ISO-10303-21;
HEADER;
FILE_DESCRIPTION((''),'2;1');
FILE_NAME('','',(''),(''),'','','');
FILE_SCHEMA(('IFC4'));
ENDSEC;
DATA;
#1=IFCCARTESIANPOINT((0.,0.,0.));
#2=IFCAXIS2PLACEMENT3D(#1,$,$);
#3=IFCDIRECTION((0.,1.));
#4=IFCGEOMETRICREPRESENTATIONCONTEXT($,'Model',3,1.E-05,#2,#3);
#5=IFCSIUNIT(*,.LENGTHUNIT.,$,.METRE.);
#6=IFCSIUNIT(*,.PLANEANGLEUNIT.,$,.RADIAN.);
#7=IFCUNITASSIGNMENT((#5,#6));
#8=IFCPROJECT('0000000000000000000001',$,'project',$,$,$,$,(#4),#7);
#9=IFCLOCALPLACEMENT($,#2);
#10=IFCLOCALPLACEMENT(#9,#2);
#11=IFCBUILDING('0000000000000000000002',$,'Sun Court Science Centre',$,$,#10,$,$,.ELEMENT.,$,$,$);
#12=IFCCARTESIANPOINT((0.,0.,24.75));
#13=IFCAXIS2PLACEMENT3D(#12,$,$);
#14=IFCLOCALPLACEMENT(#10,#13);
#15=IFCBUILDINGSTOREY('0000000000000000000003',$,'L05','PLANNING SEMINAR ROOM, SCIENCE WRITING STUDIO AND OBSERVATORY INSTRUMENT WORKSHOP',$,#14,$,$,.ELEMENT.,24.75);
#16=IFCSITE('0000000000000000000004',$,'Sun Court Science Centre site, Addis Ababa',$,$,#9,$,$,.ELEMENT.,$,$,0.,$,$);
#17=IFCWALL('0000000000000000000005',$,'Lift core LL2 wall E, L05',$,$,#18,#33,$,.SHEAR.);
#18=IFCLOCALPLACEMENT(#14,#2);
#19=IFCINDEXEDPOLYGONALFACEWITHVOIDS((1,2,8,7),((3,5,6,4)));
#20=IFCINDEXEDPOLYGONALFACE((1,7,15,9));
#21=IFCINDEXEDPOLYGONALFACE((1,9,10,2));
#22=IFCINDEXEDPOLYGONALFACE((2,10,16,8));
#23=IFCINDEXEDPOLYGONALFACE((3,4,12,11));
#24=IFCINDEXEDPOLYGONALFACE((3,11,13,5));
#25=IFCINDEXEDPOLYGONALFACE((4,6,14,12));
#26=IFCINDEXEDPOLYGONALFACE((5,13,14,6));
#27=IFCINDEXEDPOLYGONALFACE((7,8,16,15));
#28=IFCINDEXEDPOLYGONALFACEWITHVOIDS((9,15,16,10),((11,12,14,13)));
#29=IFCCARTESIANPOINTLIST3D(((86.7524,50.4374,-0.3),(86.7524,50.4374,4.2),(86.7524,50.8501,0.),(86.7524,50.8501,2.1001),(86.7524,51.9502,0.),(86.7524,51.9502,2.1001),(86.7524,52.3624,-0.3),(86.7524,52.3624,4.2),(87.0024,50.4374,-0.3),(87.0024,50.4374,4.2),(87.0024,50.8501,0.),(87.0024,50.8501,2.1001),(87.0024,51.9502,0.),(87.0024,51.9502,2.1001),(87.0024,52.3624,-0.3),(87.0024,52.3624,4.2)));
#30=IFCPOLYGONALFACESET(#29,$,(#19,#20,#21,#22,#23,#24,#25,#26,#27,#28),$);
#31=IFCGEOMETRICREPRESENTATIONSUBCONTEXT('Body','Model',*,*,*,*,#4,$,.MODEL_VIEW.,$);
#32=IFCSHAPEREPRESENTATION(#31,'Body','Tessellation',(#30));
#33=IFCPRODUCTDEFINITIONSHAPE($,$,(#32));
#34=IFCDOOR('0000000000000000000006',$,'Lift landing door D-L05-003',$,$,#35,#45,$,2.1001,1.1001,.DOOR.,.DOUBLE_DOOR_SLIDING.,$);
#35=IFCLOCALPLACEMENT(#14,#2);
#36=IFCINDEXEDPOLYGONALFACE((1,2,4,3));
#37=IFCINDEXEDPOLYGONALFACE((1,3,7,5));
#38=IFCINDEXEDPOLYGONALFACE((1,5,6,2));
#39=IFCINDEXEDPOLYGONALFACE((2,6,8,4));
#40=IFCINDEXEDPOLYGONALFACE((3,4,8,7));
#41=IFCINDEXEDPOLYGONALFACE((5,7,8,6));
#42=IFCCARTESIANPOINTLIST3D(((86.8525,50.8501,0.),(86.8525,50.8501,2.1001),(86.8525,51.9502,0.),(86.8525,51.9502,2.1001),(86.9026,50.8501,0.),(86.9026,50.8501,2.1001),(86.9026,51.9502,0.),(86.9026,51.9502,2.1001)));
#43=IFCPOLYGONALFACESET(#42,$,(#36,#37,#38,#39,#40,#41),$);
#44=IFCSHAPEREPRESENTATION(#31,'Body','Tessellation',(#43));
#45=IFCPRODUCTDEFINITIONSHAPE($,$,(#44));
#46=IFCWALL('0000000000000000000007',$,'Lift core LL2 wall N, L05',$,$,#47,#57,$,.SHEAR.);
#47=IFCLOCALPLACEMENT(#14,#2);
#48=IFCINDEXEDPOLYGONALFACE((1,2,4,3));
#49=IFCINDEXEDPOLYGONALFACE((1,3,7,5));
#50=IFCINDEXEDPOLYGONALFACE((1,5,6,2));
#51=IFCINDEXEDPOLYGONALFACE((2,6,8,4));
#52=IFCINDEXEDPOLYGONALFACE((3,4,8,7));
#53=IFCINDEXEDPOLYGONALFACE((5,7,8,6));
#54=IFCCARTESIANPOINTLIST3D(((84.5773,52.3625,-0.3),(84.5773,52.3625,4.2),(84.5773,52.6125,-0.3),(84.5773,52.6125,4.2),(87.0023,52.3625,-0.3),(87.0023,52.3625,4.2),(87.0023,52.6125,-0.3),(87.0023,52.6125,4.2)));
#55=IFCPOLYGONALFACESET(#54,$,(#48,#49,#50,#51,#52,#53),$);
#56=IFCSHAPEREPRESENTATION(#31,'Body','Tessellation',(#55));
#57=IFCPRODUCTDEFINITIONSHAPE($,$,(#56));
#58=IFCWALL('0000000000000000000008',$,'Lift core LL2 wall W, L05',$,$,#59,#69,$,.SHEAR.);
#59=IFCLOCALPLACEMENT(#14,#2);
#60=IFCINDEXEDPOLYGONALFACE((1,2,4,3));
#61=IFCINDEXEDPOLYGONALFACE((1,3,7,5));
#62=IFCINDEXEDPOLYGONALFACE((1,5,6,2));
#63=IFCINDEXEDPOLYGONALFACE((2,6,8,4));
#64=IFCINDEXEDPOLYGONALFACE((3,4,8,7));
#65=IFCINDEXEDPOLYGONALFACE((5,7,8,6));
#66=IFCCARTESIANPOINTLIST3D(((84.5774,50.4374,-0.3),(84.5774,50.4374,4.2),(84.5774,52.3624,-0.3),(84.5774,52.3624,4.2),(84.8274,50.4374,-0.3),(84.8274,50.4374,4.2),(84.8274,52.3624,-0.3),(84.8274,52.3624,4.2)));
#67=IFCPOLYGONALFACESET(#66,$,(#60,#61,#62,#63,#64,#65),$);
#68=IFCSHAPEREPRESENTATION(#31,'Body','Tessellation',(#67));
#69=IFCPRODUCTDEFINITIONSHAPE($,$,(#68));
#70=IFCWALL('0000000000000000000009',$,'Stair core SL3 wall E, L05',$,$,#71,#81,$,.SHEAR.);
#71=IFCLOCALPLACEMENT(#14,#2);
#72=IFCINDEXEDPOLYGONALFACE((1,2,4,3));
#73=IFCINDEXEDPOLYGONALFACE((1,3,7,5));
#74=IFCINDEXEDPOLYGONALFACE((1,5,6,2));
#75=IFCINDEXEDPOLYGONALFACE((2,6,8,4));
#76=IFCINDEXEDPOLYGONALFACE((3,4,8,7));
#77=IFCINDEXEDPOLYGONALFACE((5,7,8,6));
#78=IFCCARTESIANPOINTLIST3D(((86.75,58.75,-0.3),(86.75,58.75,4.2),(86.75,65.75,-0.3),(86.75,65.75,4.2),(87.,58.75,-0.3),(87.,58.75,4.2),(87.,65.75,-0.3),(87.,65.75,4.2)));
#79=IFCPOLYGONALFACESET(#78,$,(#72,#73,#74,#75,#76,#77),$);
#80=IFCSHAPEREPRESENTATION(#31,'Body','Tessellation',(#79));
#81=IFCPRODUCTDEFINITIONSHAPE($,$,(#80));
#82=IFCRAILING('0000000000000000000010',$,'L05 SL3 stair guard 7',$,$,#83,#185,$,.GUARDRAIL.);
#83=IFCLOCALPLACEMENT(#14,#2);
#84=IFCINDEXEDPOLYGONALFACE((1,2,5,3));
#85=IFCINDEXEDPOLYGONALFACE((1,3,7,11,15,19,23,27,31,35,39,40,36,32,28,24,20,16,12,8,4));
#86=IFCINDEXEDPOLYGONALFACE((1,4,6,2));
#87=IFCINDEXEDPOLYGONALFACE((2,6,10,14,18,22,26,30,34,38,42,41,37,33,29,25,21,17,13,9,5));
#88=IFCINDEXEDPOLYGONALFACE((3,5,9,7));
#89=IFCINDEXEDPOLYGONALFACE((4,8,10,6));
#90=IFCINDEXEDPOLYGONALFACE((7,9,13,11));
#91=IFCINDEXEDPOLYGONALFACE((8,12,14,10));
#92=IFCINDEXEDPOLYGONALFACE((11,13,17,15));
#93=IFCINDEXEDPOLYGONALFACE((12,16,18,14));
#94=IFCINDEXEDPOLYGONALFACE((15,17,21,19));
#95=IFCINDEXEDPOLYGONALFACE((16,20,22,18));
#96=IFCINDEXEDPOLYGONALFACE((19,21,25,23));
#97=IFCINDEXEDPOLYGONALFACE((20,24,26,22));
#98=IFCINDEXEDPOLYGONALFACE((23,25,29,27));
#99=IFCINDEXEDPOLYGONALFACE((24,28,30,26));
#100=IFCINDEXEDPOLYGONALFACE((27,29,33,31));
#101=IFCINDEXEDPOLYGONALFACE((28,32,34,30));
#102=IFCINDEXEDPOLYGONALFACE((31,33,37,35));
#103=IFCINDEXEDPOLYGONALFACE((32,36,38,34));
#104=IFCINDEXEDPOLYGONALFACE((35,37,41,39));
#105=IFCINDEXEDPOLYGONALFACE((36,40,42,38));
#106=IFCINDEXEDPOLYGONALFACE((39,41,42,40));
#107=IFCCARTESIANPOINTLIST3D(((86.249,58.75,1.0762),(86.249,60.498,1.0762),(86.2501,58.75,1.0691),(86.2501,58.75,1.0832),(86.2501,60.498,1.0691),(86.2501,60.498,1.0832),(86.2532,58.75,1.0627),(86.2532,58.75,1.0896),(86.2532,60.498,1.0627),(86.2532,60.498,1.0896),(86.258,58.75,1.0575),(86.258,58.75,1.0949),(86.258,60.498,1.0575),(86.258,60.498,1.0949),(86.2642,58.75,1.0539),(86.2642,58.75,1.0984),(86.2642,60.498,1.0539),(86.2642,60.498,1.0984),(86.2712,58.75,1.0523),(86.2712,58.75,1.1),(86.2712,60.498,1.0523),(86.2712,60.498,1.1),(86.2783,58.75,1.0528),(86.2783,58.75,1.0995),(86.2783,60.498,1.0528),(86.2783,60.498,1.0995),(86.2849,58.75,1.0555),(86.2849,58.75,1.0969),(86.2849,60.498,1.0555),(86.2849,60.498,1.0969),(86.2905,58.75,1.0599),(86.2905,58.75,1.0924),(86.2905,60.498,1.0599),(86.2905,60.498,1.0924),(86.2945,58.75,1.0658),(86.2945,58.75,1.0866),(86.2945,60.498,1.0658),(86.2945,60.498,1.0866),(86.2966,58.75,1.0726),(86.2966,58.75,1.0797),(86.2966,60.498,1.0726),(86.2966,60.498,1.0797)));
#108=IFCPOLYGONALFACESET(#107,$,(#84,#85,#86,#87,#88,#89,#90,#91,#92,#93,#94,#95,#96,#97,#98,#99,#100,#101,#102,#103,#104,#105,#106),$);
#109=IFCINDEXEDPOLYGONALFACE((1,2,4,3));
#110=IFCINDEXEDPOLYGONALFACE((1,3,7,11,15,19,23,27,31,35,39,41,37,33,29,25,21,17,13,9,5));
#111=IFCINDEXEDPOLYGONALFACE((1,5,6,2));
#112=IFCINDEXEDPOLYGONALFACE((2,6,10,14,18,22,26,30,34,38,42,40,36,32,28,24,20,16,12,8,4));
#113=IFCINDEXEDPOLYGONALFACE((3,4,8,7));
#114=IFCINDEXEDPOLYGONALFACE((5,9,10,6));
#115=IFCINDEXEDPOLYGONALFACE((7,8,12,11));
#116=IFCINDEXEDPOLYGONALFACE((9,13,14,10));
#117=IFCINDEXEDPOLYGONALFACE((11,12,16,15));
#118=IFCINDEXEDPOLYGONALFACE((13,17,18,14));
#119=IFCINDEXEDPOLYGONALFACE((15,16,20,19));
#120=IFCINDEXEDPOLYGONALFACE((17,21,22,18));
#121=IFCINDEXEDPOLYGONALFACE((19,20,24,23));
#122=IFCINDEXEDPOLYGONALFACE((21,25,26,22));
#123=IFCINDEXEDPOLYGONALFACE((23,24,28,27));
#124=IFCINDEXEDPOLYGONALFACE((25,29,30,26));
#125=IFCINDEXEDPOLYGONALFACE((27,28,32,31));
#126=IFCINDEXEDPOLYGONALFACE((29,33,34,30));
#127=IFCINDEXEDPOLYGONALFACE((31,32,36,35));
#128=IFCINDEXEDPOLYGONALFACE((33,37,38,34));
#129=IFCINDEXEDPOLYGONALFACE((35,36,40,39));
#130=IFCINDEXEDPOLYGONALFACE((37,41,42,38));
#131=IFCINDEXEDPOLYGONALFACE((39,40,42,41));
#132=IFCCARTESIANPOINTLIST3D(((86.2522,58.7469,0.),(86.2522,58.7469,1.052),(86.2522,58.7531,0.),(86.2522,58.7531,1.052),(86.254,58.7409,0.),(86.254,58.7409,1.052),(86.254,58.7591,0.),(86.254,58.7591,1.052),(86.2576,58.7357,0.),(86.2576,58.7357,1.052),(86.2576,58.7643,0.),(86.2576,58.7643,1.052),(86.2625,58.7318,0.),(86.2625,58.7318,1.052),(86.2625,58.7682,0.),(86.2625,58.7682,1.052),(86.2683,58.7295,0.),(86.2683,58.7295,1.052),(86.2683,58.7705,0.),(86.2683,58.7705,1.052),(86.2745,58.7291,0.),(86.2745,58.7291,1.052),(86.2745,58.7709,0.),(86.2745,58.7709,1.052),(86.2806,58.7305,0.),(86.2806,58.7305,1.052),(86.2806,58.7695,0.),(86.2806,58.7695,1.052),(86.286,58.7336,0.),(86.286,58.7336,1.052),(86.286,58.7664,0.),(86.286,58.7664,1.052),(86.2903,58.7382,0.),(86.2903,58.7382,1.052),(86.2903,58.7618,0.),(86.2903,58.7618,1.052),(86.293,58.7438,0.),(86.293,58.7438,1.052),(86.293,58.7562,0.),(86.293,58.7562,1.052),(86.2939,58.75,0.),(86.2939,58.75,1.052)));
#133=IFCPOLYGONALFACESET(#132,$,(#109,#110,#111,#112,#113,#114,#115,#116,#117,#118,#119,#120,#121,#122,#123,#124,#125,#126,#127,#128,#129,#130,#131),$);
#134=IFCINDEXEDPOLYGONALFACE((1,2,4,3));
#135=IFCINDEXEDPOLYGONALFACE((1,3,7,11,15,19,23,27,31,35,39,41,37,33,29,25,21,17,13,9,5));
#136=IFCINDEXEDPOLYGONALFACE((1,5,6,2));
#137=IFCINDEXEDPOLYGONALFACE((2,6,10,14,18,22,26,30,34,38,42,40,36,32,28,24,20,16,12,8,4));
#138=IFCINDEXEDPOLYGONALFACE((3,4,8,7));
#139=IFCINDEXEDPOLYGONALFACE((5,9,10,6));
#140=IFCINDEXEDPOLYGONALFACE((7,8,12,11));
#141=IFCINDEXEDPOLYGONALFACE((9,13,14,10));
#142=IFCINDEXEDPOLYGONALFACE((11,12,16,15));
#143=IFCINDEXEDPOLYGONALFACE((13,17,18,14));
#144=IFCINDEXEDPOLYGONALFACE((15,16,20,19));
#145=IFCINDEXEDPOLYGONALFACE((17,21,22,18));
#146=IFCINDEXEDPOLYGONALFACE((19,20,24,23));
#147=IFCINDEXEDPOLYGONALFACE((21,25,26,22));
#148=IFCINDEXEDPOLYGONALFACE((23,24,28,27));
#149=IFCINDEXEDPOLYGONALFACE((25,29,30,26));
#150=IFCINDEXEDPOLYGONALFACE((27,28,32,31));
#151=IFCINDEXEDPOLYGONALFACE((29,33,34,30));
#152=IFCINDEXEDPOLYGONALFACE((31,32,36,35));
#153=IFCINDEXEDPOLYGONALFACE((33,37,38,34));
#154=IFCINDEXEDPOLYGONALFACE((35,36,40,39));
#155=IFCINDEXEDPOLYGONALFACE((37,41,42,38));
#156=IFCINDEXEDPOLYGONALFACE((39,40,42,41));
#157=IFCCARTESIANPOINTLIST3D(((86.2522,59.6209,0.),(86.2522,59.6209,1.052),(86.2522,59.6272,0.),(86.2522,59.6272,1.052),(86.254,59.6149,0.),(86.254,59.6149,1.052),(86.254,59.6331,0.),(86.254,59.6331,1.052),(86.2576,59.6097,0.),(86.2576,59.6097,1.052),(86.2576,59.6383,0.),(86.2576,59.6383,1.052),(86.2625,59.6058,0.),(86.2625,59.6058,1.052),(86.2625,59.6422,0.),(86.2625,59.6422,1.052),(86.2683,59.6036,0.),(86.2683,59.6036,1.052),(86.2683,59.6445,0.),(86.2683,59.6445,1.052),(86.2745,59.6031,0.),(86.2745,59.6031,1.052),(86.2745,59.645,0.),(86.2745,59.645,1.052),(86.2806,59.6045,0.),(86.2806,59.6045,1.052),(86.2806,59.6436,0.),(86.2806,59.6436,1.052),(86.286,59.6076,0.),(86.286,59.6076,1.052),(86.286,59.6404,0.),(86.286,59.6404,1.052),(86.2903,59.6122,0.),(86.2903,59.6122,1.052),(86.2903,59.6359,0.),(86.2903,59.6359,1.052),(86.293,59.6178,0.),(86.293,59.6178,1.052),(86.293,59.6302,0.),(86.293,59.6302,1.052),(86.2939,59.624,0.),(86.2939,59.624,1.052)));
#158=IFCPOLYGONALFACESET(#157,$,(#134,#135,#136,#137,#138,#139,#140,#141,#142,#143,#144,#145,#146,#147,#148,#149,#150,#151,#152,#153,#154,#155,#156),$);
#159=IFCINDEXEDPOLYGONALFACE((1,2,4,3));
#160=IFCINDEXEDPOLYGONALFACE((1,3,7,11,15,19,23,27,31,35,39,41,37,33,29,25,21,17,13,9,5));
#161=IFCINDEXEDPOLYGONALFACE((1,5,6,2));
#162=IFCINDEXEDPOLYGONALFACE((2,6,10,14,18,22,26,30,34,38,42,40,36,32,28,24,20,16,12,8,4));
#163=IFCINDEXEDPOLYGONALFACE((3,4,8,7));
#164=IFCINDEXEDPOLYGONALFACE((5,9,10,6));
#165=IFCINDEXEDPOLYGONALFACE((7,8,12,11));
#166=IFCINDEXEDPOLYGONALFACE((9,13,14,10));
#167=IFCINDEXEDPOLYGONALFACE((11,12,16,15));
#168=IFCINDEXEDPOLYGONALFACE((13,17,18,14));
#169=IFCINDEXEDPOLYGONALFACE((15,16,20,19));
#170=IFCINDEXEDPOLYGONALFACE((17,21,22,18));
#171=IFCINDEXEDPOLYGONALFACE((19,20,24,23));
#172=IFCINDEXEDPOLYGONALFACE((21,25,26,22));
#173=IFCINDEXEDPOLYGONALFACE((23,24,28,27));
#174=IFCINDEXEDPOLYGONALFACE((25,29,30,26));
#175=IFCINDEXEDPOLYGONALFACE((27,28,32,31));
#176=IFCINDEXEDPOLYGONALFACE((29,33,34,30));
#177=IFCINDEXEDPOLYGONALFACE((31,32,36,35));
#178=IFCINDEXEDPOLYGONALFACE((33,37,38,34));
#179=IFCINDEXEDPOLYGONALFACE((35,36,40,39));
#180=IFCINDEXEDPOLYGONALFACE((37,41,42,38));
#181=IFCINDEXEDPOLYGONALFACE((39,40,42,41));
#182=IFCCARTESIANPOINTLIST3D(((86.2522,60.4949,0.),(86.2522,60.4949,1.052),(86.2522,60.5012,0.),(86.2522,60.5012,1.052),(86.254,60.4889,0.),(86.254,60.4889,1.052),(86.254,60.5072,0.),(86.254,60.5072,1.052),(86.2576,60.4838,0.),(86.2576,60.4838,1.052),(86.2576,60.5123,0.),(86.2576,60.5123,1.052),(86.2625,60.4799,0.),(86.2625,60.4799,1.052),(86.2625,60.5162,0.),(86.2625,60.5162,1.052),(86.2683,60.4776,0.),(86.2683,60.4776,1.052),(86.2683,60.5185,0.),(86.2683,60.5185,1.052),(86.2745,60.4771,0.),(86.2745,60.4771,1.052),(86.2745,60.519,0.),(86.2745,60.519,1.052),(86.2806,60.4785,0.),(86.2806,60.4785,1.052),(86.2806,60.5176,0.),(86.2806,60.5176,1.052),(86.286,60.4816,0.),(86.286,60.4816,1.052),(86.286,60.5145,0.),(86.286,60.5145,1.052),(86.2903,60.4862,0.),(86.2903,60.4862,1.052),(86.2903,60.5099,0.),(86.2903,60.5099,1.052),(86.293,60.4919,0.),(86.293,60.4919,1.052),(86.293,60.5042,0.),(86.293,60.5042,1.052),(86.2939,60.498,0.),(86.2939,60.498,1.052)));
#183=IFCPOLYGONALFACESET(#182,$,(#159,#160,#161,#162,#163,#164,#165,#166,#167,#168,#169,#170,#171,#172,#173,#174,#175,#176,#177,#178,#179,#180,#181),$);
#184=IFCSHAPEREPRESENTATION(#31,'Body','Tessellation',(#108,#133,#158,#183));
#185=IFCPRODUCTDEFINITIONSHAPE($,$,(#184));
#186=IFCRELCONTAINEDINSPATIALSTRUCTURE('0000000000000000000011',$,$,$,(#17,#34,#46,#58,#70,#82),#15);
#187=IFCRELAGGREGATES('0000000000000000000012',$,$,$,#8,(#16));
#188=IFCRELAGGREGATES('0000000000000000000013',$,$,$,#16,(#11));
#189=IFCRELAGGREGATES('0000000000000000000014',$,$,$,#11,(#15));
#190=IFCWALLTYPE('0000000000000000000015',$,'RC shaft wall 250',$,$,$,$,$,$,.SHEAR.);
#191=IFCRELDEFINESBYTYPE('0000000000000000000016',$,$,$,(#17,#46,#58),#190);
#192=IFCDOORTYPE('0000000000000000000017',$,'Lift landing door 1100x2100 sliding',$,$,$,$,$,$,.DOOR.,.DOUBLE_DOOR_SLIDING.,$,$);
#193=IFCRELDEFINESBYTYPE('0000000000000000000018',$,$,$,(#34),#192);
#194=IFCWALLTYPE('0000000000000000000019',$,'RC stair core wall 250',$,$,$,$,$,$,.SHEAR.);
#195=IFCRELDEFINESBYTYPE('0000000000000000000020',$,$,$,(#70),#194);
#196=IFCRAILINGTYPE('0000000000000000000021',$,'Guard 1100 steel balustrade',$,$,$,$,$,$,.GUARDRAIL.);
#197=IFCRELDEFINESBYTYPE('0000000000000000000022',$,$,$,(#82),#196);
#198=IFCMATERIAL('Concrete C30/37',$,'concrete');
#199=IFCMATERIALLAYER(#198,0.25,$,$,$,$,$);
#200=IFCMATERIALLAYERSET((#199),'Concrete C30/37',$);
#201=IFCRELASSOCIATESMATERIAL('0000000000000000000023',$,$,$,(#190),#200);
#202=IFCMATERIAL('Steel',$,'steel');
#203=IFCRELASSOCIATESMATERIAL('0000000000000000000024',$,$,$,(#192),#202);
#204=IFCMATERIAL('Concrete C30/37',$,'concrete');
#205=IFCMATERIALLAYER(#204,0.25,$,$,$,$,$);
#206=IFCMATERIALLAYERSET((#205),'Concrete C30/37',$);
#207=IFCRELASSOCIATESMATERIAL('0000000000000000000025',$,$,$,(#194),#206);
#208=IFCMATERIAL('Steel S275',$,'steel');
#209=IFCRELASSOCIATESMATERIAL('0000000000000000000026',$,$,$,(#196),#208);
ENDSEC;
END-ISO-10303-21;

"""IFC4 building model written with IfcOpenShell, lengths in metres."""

from ifc_helpers import new_model, si_unit, direction, frame, frame_2d, origin, origin_2d, place, context, subcontext, project, spatial, rectangle, circle, extrude, material, layer, layer_set, type_object, element, fill, save


model = new_model("IFC4")

# Units and contexts
model_context = context("Model", 3, precision=1e-05, world=origin(), true_north=direction((0.0, 1.0)))
body_context = subcontext(model_context, "Body", "Model", "MODEL_VIEW")
ifc_project = project(units=[si_unit("LENGTHUNIT", "METRE"), si_unit("PLANEANGLEUNIT", "RADIAN")], contexts=[model_context])

# Site, building, storey
site_placement = place(None, origin())
site = spatial("IfcSite", under=ifc_project, at=site_placement, Name="Sun Court Science Centre site, Addis Ababa", CompositionType="ELEMENT", RefElevation=0.0)
building_placement = place(site_placement, origin())
building = spatial("IfcBuilding", under=site, at=building_placement, Name="Sun Court Science Centre", CompositionType="ELEMENT")
storey_placement = place(building_placement, frame((0.0, 0.0, 24.75)))
storey = spatial("IfcBuildingStorey", under=building, at=storey_placement, Name="L05", Description="PLANNING SEMINAR ROOM, SCIENCE WRITING STUDIO AND OBSERVATORY INSTRUMENT WORKSHOP", CompositionType="ELEMENT", Elevation=24.75)

# Shared definitions
ifc_material_1 = material(Name="Concrete C30/37", Category="concrete")
ifc_layer_1 = layer(ifc_material_1, 0.25)
ifc_layer_set_1 = layer_set([ifc_layer_1], Name="Concrete C30/37")
wall_type_1 = type_object("IfcWallType", Name="RC shaft wall 250", PredefinedType="SHEAR", material=ifc_layer_set_1)

# Wall, opening, door
wall_1_placement = place(storey_placement, frame((86.8774, 50.4375, -0.3), z_axis=(0.0, 0.0, 1.0), x_axis=(0.0, 1.0, 0.0)))
wall_1 = element("IfcWall", 1, at=wall_1_placement, inside=storey, type_object=wall_type_1, Name="Lift core LL2 wall E, L05", PredefinedType="SHEAR", context=body_context, shape_type="SweptSolid", body=[
    extrude(rectangle(XDim=1.925, YDim=0.25, at=frame_2d((0.9624, 0.0))), origin(), (0.0, 0.0, 1.0), 4.5),
])
opening_1_placement = place(wall_1_placement, frame((0.4126, 0.0, 0.3)))
opening_1 = element("IfcOpeningElement", 2, at=opening_1_placement, cuts=wall_1, PredefinedType="OPENING", context=body_context, shape_type="SweptSolid", body=[
    extrude(rectangle(XDim=1.1001, YDim=2.1001, at=frame_2d((0.55, 1.05))), frame((0.0, 0.135, 0.0), z_axis=(0.0, -1.0, 0.0), x_axis=(1.0, 0.0, 0.0)), (0.0, 0.0, 1.0), 0.27),
])
ifc_material_2 = material(Name="Steel", Category="steel")
door_type_1 = type_object("IfcDoorType", Name="Lift landing door 1100x2100 sliding", OperationType="DOUBLE_DOOR_SLIDING", PredefinedType="DOOR", material=ifc_material_2)
door_1_placement = place(opening_1_placement, origin())
door_1 = element("IfcDoor", 3, at=door_1_placement, inside=storey, type_object=door_type_1, Name="Lift landing door D-L05-003", OperationType="DOUBLE_DOOR_SLIDING", OverallHeight=2.1001, OverallWidth=1.1001, PredefinedType="DOOR", context=body_context, shape_type="SweptSolid", body=[
    extrude(rectangle(XDim=1.1001, YDim=2.1001, at=frame_2d((0.55, 1.05))), frame((0.0, 0.0249, 0.0), z_axis=(0.0, -1.0, 0.0), x_axis=(1.0, 0.0, 0.0)), (0.0, 0.0, 1.0), 0.05),
])
fill(opening_1, door_1)

# Walls
wall_2_placement = place(storey_placement, frame((84.5774, 52.4875, -0.3), z_axis=(0.0, 0.0, 1.0), x_axis=(1.0, 0.0, 0.0)))
element("IfcWall", 4, at=wall_2_placement, inside=storey, type_object=wall_type_1, Name="Lift core LL2 wall N, L05", PredefinedType="SHEAR", context=body_context, shape_type="SweptSolid", body=[
    extrude(rectangle(XDim=2.425, YDim=0.25, at=frame_2d((1.2124, 0.0))), origin(), (0.0, 0.0, 1.0), 4.5),
])
wall_3_placement = place(storey_placement, frame((84.7024, 50.4375, -0.3), z_axis=(0.0, 0.0, 1.0), x_axis=(0.0, 1.0, 0.0)))
element("IfcWall", 5, at=wall_3_placement, inside=storey, type_object=wall_type_1, Name="Lift core LL2 wall W, L05", PredefinedType="SHEAR", context=body_context, shape_type="SweptSolid", body=[
    extrude(rectangle(XDim=1.925, YDim=0.25, at=frame_2d((0.9624, 0.0))), origin(), (0.0, 0.0, 1.0), 4.5),
])
ifc_material_3 = material(Name="Concrete C30/37", Category="concrete")
ifc_layer_2 = layer(ifc_material_3, 0.25)
ifc_layer_set_2 = layer_set([ifc_layer_2], Name="Concrete C30/37")
wall_type_2 = type_object("IfcWallType", Name="RC stair core wall 250", PredefinedType="SHEAR", material=ifc_layer_set_2)
wall_4_placement = place(storey_placement, frame((86.875, 58.75, -0.3), z_axis=(0.0, 0.0, 1.0), x_axis=(0.0, 1.0, 0.0)))
element("IfcWall", 6, at=wall_4_placement, inside=storey, type_object=wall_type_2, Name="Stair core SL3 wall E, L05", PredefinedType="SHEAR", context=body_context, shape_type="SweptSolid", body=[
    extrude(rectangle(XDim=7.0, YDim=0.25, at=frame_2d((3.5, 0.0))), origin(), (0.0, 0.0, 1.0), 4.5),
])

# Railing
ifc_material_4 = material(Name="Steel S275", Category="steel")
railing_type = type_object("IfcRailingType", Name="Guard 1100 steel balustrade", PredefinedType="GUARDRAIL", material=ifc_material_4)
for number, where, name in (
    (7, (86.2729, 58.75, 0.0), "L05 SL3 stair guard 7"),
):
    element("IfcRailing", number, at=place(storey_placement, frame(where)), inside=storey, type_object=railing_type, Name=name, PredefinedType="GUARDRAIL", context=body_context, shape_type="SweptSolid", body=[
        extrude(circle(Radius=0.0239, at=origin_2d()), frame((0.0, 0.0, 1.0762), z_axis=(0.0, 1.0, 0.0), x_axis=(-1.0, 0.0, 0.0)), (0.0, 0.0, 1.0), 1.748),
        extrude(circle(Radius=0.021, at=origin_2d()), origin(), (0.0, 0.0, 1.0), 1.052),
        extrude(circle(Radius=0.021, at=origin_2d()), frame((0.0, 0.874, 0.0)), (0.0, 0.0, 1.0), 1.052),
        extrude(circle(Radius=0.021, at=origin_2d()), frame((0.0, 1.748, 0.0)), (0.0, 0.0, 1.0), 1.052),
    ])

save(model, "model.ifc")
